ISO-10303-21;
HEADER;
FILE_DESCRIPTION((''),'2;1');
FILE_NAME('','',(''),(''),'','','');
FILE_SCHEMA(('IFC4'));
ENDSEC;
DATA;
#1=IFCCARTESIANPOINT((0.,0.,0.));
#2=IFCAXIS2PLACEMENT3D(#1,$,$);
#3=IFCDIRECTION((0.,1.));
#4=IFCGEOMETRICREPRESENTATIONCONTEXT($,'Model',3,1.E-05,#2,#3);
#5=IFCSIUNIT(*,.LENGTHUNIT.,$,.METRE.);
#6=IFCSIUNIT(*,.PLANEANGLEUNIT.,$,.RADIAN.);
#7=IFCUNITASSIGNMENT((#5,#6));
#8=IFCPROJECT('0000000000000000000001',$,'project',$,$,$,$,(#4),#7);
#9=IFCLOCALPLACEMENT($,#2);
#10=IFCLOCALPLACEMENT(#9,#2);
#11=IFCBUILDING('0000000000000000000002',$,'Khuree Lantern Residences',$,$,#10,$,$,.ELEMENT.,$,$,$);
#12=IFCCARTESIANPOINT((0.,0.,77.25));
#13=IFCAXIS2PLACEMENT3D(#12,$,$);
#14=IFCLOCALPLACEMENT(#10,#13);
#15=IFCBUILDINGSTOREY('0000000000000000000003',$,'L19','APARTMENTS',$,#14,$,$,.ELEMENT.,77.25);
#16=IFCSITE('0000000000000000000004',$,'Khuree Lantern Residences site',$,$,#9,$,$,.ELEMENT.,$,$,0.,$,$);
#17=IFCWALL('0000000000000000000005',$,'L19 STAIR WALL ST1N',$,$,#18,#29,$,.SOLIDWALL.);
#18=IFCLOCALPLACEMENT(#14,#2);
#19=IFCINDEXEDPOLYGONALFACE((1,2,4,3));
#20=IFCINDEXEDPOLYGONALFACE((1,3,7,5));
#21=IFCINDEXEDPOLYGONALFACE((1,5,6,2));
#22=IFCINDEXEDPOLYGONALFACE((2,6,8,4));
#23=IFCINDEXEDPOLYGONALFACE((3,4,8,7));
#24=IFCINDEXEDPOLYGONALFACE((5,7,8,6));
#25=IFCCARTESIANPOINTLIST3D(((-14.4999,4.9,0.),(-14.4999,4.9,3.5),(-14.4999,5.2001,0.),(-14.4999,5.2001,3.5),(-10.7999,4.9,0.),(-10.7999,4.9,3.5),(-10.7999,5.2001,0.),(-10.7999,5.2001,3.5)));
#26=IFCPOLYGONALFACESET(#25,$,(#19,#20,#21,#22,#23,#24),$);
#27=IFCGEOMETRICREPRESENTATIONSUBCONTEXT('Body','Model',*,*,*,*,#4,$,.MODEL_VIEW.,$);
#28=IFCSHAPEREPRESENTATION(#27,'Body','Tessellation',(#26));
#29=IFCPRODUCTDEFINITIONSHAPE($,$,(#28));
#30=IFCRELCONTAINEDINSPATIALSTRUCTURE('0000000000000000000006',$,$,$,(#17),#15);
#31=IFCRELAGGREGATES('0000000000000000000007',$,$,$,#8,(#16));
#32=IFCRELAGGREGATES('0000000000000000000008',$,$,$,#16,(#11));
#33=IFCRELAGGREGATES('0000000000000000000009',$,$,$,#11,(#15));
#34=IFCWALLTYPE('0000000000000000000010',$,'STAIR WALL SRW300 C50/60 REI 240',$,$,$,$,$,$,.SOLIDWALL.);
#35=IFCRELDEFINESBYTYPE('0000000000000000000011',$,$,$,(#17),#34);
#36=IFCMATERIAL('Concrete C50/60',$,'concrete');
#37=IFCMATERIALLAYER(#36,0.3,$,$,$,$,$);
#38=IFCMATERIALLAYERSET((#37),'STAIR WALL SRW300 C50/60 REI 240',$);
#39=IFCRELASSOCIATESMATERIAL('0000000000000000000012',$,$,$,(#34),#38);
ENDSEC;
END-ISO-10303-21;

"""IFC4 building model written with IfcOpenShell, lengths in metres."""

from ifc_helpers import new_model, si_unit, direction, frame, frame_2d, origin, place, context, subcontext, project, spatial, rectangle, extrude, material, layer, layer_set, type_object, element, save


model = new_model("IFC4")

# Units and contexts
model_context = context("Model", 3, precision=1e-05, world=origin(), true_north=direction((0.0, 1.0)))
body_context = subcontext(model_context, "Body", "Model", "MODEL_VIEW")
ifc_project = project(units=[si_unit("LENGTHUNIT", "METRE"), si_unit("PLANEANGLEUNIT", "RADIAN")], contexts=[model_context])

# Site, building, storey
site_placement = place(None, origin())
site = spatial("IfcSite", under=ifc_project, at=site_placement, Name="Khuree Lantern Residences site", CompositionType="ELEMENT", RefElevation=0.0)
building_placement = place(site_placement, origin())
building = spatial("IfcBuilding", under=site, at=building_placement, Name="Khuree Lantern Residences", CompositionType="ELEMENT")
storey_placement = place(building_placement, frame((0.0, 0.0, 77.25)))
storey = spatial("IfcBuildingStorey", under=building, at=storey_placement, Name="L19", Description="APARTMENTS", CompositionType="ELEMENT", Elevation=77.25)

# Wall
ifc_material_1 = material(Name="Concrete C50/60", Category="concrete")
ifc_layer_1 = layer(ifc_material_1, 0.3)
ifc_layer_set_1 = layer_set([ifc_layer_1], Name="STAIR WALL SRW300 C50/60 REI 240")
wall_type_1 = type_object("IfcWallType", Name="STAIR WALL SRW300 C50/60 REI 240", PredefinedType="SOLIDWALL", material=ifc_layer_set_1)
wall_1_placement = place(storey_placement, frame((-14.5, 5.05, 0.0), z_axis=(0.0, 0.0, 1.0), x_axis=(1.0, 0.0, 0.0)))
element("IfcWall", 1, at=wall_1_placement, inside=storey, type_object=wall_type_1, Name="L19 STAIR WALL ST1N", PredefinedType="SOLIDWALL", context=body_context, shape_type="SweptSolid", body=[
    extrude(rectangle(XDim=3.7, YDim=0.3, at=frame_2d((1.8501, 0.0))), origin(), (0.0, 0.0, 1.0), 3.5),
])

save(model, "model.ifc")
